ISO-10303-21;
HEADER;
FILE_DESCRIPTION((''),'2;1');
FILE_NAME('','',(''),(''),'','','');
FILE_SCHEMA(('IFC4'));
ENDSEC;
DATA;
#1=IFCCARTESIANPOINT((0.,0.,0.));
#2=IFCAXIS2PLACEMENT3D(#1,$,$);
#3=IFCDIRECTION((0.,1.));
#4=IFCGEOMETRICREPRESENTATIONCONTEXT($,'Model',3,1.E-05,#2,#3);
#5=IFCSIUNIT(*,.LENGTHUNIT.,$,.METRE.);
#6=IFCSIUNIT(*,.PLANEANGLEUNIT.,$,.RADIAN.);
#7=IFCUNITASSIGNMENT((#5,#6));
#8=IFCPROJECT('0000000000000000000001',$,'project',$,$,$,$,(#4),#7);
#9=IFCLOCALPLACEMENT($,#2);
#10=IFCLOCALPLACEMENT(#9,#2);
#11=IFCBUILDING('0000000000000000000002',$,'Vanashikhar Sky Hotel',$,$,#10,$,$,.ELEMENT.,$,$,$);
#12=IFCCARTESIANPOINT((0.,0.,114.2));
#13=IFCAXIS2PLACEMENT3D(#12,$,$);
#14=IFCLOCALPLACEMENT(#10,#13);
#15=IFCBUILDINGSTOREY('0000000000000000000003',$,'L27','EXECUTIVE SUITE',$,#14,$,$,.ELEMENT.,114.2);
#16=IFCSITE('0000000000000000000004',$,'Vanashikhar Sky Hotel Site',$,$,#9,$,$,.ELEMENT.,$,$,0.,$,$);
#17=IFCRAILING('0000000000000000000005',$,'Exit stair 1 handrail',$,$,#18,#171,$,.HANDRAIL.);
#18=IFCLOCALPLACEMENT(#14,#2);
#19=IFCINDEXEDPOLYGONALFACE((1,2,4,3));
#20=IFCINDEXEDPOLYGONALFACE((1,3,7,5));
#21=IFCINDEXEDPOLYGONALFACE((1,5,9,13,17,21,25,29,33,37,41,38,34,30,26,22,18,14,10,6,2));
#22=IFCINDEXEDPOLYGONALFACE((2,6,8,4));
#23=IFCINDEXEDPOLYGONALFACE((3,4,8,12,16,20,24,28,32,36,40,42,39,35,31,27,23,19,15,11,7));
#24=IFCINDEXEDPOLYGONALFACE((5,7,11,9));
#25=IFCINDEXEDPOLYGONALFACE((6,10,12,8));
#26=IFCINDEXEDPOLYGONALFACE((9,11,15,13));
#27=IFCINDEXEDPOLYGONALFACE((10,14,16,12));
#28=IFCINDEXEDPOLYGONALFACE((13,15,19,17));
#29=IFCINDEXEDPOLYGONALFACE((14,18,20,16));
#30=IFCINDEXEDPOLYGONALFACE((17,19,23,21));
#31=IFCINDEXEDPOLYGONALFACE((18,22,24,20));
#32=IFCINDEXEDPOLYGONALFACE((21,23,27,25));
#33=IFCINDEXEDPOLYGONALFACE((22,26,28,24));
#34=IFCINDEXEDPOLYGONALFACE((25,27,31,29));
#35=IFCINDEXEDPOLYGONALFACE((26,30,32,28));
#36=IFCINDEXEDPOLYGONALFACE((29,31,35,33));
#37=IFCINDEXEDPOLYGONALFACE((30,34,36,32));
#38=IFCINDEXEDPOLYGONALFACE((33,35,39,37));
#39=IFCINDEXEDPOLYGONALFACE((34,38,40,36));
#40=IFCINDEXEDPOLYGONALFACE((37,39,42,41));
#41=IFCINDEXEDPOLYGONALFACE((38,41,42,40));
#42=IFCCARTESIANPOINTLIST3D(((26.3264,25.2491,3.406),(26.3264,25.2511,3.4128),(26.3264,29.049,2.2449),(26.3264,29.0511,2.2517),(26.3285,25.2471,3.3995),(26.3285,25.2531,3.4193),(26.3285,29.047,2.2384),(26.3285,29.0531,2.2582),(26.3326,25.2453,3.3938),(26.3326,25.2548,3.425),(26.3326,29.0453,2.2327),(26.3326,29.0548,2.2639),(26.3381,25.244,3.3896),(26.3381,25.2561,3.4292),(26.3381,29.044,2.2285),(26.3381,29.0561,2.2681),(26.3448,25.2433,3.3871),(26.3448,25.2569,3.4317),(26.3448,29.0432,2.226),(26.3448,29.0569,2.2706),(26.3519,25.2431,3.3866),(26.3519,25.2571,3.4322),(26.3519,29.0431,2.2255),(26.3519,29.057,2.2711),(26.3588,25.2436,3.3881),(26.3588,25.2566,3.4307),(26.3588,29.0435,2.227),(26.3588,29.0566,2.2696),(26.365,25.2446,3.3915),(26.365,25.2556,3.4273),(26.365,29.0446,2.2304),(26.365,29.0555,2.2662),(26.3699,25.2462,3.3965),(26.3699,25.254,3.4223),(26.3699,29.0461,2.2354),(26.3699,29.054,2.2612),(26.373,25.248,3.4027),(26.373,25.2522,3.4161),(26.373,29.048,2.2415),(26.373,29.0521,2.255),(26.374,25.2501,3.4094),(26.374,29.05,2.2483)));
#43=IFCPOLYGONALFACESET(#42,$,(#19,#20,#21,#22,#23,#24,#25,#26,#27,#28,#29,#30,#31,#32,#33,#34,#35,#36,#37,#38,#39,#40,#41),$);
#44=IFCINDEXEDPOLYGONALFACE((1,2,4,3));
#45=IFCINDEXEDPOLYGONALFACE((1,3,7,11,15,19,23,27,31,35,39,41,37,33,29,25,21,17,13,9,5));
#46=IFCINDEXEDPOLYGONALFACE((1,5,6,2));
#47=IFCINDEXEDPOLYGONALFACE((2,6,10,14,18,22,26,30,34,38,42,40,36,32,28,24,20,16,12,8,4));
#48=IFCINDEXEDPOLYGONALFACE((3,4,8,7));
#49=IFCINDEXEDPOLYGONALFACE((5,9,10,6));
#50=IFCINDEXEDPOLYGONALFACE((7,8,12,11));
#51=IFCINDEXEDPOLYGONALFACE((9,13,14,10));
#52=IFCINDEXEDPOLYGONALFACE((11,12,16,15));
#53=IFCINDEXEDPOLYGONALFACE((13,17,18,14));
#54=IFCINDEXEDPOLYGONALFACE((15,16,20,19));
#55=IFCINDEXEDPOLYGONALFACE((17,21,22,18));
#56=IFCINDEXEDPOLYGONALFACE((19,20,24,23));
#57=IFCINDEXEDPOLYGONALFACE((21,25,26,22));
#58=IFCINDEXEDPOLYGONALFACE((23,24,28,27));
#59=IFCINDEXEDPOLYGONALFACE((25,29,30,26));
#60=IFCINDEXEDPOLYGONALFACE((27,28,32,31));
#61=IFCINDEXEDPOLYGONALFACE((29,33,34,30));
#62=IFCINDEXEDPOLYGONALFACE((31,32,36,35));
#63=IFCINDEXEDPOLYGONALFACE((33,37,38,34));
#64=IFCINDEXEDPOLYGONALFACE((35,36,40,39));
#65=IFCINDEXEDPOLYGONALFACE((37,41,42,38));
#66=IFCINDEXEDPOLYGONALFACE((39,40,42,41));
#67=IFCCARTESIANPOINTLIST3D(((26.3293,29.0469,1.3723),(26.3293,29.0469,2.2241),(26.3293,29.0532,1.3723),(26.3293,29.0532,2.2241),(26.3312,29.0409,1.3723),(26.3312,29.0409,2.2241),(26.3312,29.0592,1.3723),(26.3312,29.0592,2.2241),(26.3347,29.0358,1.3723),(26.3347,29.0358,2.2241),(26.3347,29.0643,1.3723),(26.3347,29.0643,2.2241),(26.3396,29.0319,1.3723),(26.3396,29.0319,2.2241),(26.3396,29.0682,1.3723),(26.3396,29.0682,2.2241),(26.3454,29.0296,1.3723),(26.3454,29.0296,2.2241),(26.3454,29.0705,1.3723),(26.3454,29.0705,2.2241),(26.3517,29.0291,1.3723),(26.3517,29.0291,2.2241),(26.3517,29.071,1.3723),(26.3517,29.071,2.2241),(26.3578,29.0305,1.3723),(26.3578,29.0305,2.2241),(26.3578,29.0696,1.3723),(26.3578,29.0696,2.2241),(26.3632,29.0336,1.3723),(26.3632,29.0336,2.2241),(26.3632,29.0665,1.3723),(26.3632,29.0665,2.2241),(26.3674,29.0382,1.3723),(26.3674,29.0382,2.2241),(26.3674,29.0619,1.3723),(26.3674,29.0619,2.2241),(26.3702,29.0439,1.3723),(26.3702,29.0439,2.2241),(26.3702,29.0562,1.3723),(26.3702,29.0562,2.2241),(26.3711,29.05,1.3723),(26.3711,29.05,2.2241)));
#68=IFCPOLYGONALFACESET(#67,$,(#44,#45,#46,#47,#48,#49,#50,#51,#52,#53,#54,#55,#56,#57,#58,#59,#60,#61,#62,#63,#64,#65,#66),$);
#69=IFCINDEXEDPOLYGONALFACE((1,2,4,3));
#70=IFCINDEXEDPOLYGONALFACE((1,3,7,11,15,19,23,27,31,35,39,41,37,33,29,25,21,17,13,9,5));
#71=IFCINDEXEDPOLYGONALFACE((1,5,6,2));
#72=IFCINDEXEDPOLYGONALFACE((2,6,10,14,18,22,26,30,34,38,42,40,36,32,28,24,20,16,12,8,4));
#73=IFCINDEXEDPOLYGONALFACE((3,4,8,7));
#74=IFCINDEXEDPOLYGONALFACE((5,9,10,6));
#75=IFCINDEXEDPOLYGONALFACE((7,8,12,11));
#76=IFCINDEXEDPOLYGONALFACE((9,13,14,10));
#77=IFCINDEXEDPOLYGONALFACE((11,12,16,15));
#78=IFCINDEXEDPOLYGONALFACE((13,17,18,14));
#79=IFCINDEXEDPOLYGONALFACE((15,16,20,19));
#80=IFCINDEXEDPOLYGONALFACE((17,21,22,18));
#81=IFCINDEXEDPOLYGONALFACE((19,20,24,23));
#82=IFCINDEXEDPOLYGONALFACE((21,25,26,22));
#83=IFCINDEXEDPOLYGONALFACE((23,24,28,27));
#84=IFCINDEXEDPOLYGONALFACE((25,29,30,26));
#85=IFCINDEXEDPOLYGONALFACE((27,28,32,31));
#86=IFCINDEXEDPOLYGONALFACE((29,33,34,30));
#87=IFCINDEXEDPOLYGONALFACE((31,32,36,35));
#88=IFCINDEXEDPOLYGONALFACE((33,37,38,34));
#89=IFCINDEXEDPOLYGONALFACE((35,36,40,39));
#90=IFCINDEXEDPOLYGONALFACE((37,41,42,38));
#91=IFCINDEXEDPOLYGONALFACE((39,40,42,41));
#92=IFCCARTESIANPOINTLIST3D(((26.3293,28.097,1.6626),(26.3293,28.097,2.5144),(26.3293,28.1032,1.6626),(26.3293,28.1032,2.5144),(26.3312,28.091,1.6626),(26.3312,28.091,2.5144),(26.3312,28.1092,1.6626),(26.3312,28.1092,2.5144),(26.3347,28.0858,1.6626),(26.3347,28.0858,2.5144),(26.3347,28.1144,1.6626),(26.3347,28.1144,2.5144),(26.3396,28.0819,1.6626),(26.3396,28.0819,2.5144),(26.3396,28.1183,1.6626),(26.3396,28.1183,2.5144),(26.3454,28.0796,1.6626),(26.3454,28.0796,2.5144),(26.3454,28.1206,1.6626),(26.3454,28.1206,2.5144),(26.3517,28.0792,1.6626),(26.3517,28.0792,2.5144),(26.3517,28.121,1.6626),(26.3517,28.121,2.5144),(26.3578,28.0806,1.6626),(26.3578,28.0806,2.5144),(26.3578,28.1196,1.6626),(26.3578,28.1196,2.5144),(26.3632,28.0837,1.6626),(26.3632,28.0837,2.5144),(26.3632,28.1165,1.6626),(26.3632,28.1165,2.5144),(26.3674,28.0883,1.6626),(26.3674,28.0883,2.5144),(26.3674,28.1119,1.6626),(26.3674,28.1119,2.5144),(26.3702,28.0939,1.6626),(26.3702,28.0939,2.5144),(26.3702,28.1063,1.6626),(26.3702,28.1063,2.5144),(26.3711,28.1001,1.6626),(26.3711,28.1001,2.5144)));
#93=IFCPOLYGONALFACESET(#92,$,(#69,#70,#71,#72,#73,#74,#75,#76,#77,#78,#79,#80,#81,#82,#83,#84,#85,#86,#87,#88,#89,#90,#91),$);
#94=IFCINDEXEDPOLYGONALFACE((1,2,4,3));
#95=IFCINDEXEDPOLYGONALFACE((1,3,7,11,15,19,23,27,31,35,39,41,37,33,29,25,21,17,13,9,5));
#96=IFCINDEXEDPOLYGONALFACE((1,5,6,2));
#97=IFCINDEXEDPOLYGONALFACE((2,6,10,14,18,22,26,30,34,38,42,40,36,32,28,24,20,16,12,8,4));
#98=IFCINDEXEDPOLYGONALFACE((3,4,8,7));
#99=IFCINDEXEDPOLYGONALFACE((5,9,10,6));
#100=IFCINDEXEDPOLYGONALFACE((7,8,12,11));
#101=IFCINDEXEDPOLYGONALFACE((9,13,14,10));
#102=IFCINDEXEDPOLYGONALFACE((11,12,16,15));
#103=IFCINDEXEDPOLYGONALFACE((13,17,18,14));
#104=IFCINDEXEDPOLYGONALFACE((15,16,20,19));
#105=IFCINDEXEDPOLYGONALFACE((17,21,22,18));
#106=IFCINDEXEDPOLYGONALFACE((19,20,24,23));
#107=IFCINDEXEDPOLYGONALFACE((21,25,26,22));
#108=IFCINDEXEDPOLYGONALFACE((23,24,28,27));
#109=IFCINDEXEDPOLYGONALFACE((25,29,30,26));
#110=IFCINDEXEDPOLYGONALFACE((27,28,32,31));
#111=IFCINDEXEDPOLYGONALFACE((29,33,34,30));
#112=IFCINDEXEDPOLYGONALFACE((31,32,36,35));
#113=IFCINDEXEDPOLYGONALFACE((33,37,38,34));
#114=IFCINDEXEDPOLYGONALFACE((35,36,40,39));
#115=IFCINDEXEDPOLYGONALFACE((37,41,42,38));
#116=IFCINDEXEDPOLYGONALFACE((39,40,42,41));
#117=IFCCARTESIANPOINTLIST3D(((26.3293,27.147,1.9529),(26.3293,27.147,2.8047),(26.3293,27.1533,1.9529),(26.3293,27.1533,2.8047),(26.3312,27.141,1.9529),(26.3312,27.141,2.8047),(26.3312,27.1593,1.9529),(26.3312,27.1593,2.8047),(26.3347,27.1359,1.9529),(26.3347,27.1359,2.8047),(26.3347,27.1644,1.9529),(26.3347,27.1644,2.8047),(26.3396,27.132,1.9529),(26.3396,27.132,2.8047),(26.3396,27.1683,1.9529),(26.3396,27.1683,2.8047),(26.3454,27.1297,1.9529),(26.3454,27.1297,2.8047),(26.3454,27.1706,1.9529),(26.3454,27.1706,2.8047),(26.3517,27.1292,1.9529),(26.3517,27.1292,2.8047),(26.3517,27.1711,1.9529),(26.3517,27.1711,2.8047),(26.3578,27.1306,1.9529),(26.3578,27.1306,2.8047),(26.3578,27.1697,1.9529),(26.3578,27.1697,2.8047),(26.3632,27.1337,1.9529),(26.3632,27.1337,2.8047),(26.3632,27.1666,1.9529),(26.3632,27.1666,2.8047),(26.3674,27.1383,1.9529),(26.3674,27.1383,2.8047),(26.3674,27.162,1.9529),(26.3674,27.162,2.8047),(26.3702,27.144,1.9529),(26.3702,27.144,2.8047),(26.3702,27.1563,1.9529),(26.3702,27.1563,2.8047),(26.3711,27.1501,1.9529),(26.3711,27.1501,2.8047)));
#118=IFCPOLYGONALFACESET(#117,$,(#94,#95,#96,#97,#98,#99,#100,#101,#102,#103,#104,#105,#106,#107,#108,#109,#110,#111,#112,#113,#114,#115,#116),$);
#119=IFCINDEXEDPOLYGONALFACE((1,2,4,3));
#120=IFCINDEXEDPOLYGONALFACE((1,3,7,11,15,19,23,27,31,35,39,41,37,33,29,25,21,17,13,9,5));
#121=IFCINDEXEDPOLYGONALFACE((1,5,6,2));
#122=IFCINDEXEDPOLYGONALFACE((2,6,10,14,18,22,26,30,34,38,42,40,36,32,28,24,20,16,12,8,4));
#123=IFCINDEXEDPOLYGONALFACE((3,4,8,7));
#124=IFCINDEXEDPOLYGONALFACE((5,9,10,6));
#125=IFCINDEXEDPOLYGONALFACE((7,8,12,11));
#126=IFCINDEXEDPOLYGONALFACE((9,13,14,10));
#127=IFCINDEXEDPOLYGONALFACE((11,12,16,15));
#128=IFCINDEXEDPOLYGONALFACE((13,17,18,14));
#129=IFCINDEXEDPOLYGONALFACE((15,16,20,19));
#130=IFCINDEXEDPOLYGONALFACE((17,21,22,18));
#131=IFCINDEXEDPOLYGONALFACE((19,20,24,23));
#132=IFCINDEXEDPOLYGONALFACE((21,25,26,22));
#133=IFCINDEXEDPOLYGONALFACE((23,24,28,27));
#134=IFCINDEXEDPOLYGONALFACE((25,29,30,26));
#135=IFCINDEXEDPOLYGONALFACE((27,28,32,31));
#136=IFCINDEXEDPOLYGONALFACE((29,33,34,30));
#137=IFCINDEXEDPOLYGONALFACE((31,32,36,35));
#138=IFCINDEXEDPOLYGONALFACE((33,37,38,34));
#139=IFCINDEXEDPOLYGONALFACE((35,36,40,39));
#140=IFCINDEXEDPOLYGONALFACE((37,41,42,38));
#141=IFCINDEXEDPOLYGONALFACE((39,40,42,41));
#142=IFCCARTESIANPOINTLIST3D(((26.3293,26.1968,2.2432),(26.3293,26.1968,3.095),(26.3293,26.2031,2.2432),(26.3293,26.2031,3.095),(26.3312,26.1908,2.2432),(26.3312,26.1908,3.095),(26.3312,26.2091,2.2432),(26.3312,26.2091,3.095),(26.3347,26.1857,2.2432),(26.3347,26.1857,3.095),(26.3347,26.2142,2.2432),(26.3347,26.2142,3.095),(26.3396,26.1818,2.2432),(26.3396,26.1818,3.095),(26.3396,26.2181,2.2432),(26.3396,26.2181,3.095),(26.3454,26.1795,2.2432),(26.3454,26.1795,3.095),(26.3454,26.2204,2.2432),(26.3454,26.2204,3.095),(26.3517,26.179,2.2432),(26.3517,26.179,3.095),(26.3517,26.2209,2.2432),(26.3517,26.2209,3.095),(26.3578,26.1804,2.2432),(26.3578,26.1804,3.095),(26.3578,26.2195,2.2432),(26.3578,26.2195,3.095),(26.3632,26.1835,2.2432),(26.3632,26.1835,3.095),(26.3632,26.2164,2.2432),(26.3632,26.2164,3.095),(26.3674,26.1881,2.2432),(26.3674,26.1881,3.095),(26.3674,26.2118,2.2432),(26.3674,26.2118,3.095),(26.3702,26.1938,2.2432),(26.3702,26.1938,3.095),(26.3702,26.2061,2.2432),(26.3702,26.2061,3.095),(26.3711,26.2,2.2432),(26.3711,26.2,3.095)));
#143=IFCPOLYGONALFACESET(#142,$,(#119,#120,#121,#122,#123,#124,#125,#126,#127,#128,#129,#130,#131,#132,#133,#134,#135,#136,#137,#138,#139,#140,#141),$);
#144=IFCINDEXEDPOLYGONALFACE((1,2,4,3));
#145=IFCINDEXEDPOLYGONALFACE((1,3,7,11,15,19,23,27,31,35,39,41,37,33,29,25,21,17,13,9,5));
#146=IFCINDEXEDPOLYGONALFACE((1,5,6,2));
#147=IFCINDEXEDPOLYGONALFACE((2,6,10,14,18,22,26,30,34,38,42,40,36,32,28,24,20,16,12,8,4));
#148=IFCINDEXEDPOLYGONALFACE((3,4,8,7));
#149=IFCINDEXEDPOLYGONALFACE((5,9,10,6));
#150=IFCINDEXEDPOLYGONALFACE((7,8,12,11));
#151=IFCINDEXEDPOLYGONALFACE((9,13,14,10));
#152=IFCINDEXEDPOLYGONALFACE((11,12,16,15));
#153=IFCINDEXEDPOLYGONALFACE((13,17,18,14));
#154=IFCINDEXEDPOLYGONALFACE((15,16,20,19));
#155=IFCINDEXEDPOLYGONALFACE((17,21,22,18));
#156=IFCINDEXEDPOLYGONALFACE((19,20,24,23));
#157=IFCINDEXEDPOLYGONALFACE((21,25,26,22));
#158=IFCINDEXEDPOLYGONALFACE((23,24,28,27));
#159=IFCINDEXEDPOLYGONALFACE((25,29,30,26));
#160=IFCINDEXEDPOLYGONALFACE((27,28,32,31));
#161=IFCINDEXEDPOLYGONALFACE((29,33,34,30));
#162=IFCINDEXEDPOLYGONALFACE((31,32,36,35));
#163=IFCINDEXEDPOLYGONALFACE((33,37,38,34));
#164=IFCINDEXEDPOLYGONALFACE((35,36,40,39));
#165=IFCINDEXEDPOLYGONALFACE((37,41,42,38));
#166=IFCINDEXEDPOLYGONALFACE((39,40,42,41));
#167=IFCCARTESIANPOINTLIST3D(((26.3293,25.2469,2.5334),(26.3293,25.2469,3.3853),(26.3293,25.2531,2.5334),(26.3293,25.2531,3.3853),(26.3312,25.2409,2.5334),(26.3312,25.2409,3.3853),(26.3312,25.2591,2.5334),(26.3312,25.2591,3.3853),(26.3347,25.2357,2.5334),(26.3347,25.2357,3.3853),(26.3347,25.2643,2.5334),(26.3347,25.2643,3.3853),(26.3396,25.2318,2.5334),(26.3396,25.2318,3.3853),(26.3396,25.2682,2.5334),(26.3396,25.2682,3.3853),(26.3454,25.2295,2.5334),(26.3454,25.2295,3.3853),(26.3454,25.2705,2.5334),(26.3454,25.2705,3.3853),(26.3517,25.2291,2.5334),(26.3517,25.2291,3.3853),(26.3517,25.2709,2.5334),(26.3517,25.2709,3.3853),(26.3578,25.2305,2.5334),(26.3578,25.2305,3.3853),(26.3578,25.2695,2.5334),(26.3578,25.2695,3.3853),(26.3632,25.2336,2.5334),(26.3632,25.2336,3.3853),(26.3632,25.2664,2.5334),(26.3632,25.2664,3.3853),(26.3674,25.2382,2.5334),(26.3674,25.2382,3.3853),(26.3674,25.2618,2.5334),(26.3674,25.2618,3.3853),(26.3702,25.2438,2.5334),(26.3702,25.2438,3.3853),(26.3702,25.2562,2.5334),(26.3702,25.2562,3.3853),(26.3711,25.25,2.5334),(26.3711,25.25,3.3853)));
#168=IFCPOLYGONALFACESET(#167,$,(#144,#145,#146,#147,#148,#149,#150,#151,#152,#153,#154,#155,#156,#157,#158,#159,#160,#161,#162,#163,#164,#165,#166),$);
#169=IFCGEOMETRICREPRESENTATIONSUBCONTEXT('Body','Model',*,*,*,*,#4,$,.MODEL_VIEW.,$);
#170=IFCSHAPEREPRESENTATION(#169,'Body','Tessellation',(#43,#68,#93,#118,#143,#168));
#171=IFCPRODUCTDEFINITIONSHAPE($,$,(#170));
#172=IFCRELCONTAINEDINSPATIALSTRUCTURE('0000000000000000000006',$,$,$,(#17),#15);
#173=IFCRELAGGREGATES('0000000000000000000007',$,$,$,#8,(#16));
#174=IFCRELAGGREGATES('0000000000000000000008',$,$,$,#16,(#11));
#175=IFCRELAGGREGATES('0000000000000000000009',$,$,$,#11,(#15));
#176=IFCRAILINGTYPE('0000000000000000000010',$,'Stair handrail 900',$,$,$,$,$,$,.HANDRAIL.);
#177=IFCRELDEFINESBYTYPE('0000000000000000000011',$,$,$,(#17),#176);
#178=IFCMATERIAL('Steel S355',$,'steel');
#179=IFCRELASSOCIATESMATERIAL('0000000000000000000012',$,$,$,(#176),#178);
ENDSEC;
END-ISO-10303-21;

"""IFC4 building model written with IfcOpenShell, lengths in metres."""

from ifc_helpers import new_model, si_unit, direction, frame, origin, origin_2d, place, context, subcontext, project, spatial, circle, extrude, source, transform, mapped, material, type_object, element, save


model = new_model("IFC4")

# Units and contexts
model_context = context("Model", 3, precision=1e-05, world=origin(), true_north=direction((0.0, 1.0)))
body_context = subcontext(model_context, "Body", "Model", "MODEL_VIEW")
ifc_project = project(units=[si_unit("LENGTHUNIT", "METRE"), si_unit("PLANEANGLEUNIT", "RADIAN")], contexts=[model_context])

# Site, building, storey
site_placement = place(None, origin())
site = spatial("IfcSite", under=ifc_project, at=site_placement, Name="Vanashikhar Sky Hotel Site", CompositionType="ELEMENT", RefElevation=0.0)
building_placement = place(site_placement, origin())
building = spatial("IfcBuilding", under=site, at=building_placement, Name="Vanashikhar Sky Hotel", CompositionType="ELEMENT")
storey_placement = place(building_placement, frame((0.0, 0.0, 114.2)))
storey = spatial("IfcBuildingStorey", under=building, at=storey_placement, Name="L27", Description="EXECUTIVE SUITE", CompositionType="ELEMENT", Elevation=114.2)

# Railing
ifc_material_1 = material(Name="Steel S355", Category="steel")
railing_type_1 = type_object("IfcRailingType", Name="Stair handrail 900", PredefinedType="HANDRAIL", material=ifc_material_1)
shared_shape_1 = source(origin(), body_context, "Body", "SweptSolid", [
    extrude(circle(Radius=0.0239, at=origin_2d()), frame((0.0, 0.0, 0.876), z_axis=(0.0, -0.956351, 0.29222), x_axis=(1.0, 0.0, 0.0)), (0.0, 0.0, 1.0), 3.9734),
    extrude(circle(Radius=0.021, at=origin_2d()), origin(), (0.0, 0.0, 1.0), 0.8518),
    extrude(circle(Radius=0.021, at=origin_2d()), frame((0.0, -0.95, 0.2903)), (0.0, 0.0, 1.0), 0.8518),
    extrude(circle(Radius=0.021, at=origin_2d()), frame((0.0, -1.8999, 0.5806)), (0.0, 0.0, 1.0), 0.8518),
    extrude(circle(Radius=0.021, at=origin_2d()), frame((0.0, -2.8501, 0.8708)), (0.0, 0.0, 1.0), 0.8518),
    extrude(circle(Radius=0.021, at=origin_2d()), frame((0.0, -3.8, 1.1611)), (0.0, 0.0, 1.0), 0.8518),
])
for number, where, name in (
    (1, (26.3501, 29.05, 1.3723), "Exit stair 1 handrail"),
):
    element("IfcRailing", number, at=place(storey_placement, frame(where)), inside=storey, type_object=railing_type_1, Name=name, PredefinedType="HANDRAIL", context=body_context, shape_type="MappedRepresentation", body=[
        mapped(shared_shape_1, transform((0.0, 0.0, 0.0), scale=1.0)),
    ])

save(model, "model.ifc")
